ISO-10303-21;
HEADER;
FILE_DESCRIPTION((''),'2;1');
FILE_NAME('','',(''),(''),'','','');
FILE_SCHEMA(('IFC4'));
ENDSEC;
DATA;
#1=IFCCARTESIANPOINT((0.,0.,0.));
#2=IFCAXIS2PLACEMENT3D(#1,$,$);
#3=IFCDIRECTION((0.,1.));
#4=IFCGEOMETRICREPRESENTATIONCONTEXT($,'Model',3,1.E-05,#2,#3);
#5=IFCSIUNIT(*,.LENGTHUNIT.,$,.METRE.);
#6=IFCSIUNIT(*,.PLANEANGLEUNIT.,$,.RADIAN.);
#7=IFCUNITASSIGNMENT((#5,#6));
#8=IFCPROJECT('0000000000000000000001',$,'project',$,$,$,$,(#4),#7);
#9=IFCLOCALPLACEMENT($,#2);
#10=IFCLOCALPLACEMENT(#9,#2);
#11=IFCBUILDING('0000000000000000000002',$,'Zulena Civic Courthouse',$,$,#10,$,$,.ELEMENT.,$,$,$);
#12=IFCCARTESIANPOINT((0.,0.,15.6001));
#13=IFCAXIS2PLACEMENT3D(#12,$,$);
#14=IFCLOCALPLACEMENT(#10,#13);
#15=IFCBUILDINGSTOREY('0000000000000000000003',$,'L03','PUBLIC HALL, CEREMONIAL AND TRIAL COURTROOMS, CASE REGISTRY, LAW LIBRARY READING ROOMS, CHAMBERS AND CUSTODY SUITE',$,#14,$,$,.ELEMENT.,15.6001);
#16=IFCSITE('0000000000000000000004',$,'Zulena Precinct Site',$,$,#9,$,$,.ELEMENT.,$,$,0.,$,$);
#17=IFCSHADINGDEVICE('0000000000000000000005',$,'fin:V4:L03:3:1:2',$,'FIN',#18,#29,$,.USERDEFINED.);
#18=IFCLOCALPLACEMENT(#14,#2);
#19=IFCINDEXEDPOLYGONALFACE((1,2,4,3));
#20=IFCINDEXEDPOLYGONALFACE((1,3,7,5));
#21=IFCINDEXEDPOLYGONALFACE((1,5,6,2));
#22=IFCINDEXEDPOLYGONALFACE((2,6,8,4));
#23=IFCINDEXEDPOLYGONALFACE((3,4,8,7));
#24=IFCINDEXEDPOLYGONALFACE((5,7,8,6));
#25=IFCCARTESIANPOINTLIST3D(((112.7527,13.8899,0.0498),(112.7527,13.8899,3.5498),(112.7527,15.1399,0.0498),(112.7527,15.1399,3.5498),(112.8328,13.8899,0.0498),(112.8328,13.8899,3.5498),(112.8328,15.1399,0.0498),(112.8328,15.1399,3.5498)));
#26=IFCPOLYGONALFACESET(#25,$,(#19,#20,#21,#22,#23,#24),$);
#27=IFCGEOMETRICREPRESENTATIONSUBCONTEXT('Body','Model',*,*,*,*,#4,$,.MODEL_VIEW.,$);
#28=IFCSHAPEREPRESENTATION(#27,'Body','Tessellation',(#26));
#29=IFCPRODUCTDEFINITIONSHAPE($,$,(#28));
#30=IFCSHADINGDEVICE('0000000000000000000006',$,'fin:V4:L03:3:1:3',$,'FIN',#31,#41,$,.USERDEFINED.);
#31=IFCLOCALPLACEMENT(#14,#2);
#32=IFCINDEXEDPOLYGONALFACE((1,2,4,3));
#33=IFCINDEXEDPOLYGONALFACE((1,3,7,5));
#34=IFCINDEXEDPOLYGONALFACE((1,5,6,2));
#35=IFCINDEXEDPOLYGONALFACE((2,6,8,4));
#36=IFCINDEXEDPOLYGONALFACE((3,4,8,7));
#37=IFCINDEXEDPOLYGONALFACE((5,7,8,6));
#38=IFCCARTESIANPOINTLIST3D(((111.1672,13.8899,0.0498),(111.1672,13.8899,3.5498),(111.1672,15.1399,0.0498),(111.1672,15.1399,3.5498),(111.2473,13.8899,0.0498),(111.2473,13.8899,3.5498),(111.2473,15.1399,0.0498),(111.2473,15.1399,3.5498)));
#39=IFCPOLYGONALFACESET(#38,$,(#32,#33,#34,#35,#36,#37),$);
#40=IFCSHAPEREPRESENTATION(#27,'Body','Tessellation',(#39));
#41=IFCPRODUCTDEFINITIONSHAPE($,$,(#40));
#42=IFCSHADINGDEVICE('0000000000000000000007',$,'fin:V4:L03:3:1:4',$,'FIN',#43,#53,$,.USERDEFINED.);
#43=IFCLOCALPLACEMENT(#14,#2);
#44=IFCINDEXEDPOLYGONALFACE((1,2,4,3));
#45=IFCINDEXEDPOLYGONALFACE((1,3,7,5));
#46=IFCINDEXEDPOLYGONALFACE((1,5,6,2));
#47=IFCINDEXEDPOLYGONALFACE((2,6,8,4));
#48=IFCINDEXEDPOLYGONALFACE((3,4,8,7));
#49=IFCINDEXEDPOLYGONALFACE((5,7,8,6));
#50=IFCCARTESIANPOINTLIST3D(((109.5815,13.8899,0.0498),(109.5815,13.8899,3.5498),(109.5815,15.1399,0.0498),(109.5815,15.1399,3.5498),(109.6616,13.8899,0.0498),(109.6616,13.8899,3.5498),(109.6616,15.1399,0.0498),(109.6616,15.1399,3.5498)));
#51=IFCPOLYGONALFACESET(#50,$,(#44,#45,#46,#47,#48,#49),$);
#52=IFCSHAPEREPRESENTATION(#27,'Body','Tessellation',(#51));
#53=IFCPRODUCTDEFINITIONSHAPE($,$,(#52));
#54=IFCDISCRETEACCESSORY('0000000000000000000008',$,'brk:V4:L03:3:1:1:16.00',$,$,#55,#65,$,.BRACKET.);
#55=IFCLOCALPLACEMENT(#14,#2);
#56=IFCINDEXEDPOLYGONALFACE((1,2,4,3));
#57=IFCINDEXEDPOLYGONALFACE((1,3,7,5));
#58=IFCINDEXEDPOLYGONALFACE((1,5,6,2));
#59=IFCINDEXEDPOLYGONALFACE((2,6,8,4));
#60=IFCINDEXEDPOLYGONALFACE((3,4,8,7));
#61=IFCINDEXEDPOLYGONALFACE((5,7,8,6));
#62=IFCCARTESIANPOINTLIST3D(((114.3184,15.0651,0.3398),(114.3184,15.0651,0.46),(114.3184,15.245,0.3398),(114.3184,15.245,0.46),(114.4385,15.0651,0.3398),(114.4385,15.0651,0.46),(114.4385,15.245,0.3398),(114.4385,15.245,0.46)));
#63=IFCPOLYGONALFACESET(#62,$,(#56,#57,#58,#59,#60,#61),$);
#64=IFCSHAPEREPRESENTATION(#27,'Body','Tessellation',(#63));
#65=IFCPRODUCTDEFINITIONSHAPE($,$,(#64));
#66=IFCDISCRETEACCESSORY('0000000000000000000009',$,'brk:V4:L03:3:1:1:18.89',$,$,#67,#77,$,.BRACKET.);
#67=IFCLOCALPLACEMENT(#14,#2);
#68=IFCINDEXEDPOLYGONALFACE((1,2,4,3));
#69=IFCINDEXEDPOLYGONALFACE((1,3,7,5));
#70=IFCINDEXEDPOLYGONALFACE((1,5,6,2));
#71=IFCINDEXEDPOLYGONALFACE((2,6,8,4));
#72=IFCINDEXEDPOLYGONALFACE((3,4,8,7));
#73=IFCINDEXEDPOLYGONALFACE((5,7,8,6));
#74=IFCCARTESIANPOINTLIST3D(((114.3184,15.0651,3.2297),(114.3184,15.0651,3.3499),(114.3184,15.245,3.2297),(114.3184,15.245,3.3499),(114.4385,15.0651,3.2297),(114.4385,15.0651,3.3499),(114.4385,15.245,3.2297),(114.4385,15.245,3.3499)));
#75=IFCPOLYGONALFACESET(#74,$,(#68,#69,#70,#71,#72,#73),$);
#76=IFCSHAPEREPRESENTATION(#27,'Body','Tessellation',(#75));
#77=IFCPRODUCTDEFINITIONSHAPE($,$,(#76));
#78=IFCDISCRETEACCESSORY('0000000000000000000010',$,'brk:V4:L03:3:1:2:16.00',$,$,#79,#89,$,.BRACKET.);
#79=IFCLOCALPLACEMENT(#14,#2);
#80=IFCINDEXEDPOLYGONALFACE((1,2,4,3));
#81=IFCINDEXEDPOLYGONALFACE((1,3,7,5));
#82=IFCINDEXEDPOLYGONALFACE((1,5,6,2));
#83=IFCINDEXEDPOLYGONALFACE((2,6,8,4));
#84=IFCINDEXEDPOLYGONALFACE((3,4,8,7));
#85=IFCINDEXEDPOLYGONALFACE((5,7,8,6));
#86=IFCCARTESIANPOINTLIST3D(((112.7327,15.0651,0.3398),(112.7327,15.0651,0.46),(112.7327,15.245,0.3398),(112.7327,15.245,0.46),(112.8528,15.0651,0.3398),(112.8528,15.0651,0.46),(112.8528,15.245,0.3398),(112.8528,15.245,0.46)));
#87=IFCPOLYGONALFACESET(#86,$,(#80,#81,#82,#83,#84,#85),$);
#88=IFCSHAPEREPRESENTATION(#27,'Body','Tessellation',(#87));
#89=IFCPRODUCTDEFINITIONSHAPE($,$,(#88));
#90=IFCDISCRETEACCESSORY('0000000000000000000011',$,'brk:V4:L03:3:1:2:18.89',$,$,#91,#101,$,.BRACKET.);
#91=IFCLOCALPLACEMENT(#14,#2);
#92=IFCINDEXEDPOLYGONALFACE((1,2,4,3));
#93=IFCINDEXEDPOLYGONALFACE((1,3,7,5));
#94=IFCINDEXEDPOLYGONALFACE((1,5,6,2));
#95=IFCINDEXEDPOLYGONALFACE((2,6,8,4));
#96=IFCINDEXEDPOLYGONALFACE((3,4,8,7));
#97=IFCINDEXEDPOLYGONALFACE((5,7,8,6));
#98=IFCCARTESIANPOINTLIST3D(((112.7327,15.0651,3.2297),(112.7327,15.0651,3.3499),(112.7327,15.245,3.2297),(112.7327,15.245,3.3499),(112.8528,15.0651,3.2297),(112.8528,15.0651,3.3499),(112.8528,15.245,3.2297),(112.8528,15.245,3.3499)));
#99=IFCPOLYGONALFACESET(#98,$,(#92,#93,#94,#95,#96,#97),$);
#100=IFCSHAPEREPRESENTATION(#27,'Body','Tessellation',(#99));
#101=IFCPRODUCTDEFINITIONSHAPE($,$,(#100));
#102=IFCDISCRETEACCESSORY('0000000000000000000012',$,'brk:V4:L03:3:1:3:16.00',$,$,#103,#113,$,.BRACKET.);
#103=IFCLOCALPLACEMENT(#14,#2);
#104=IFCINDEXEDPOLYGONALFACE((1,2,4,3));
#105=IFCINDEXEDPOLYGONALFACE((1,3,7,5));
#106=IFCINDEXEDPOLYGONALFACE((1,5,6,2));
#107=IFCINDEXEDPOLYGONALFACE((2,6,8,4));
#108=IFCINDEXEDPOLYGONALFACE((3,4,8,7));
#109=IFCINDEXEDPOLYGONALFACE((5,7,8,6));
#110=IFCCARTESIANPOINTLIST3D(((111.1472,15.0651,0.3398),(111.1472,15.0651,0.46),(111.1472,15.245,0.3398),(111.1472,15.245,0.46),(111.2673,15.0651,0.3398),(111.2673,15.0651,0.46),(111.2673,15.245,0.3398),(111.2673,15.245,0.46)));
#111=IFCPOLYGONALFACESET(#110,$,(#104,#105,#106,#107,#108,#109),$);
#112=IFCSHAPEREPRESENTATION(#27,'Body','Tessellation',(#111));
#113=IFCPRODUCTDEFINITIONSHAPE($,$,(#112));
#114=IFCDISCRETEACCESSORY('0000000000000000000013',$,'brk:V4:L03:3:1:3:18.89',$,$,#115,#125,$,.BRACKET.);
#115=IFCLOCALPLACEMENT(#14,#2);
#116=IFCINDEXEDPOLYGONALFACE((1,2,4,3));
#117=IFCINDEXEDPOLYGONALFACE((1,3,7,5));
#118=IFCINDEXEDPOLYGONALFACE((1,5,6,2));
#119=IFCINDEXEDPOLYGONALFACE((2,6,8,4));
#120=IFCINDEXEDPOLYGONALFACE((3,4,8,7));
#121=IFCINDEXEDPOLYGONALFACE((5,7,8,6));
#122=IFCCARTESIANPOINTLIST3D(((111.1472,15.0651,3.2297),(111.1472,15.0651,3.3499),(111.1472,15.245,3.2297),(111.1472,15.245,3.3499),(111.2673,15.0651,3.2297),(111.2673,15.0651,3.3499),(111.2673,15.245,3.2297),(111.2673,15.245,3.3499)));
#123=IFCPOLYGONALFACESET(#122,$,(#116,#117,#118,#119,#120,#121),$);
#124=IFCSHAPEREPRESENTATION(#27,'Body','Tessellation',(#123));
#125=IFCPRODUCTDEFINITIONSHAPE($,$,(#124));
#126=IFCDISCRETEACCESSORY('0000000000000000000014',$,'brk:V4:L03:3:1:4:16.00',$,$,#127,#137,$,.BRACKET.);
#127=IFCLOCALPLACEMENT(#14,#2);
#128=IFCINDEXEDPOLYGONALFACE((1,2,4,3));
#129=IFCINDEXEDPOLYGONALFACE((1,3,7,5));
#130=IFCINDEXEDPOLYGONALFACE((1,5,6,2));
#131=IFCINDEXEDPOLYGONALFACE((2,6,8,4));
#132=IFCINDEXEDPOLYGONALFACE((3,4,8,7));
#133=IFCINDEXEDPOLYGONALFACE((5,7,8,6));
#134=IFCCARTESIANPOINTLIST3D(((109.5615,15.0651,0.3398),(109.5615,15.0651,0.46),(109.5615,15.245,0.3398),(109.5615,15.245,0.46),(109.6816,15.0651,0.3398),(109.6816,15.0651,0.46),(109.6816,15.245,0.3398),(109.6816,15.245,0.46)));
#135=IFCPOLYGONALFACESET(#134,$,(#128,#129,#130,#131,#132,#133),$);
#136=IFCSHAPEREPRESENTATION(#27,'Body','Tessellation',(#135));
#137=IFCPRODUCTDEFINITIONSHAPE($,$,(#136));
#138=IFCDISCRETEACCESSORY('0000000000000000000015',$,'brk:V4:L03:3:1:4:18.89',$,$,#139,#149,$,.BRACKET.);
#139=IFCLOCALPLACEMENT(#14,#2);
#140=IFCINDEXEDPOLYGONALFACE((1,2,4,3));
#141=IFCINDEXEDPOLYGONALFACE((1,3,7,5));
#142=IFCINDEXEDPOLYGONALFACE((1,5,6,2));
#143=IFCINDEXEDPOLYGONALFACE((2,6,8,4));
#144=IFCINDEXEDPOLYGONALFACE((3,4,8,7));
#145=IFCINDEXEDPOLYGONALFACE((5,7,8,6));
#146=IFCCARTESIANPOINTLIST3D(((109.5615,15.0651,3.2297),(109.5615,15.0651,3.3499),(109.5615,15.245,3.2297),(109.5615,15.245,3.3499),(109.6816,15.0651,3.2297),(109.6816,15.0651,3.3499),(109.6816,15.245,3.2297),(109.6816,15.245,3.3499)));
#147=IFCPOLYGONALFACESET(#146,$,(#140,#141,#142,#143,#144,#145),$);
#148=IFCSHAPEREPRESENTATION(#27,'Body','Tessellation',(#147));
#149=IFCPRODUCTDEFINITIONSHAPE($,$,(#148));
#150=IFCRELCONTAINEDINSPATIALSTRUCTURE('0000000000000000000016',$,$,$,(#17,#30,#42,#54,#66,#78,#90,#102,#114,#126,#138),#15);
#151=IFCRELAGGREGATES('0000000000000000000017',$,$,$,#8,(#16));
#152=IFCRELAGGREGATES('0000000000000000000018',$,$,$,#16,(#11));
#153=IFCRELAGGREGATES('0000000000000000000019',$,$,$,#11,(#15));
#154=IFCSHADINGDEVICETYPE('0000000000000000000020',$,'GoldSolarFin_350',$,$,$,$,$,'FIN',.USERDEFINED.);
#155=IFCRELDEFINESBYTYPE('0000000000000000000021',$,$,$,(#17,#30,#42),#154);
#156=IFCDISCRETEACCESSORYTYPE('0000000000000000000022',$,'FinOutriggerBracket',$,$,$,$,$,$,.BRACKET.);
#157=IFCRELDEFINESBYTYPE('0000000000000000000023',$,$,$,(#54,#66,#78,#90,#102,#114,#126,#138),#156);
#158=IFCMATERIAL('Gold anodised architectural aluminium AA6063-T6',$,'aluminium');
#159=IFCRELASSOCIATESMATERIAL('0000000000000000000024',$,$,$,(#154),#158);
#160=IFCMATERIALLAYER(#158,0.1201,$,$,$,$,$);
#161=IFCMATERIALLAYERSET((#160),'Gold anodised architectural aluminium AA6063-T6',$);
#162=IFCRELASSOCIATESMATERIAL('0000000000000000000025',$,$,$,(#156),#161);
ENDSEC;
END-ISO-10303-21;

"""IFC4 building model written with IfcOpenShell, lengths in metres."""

from ifc_helpers import new_model, si_unit, direction, frame, origin, origin_2d, place, context, subcontext, project, spatial, rectangle, extrude, material, layer, layer_set, type_object, element, save


model = new_model("IFC4")

# Units and contexts
model_context = context("Model", 3, precision=1e-05, world=origin(), true_north=direction((0.0, 1.0)))
body_context = subcontext(model_context, "Body", "Model", "MODEL_VIEW")
ifc_project = project(units=[si_unit("LENGTHUNIT", "METRE"), si_unit("PLANEANGLEUNIT", "RADIAN")], contexts=[model_context])

# Site, building, storey
site_placement = place(None, origin())
site = spatial("IfcSite", under=ifc_project, at=site_placement, Name="Zulena Precinct Site", CompositionType="ELEMENT", RefElevation=0.0)
building_placement = place(site_placement, origin())
building = spatial("IfcBuilding", under=site, at=building_placement, Name="Zulena Civic Courthouse", CompositionType="ELEMENT")
storey_placement = place(building_placement, frame((0.0, 0.0, 15.6001)))
storey = spatial("IfcBuildingStorey", under=building, at=storey_placement, Name="L03", Description="PUBLIC HALL, CEREMONIAL AND TRIAL COURTROOMS, CASE REGISTRY, LAW LIBRARY READING ROOMS, CHAMBERS AND CUSTODY SUITE", CompositionType="ELEMENT", Elevation=15.6001)

# Shading devices
ifc_material_1 = material(Name="Gold anodised architectural aluminium AA6063-T6", Category="aluminium")
shading_device_type = type_object("IfcShadingDeviceType", Name="GoldSolarFin_350", ElementType="FIN", PredefinedType="USERDEFINED", material=ifc_material_1)
for number, where, z_axis, x_axis, name in (
    (1, (112.7927, 14.5149, 0.0498), (0.0, 0.0, 1.0), (0.0, -1.0, 0.0), "fin:V4:L03:3:1:2"),
    (2, (111.2073, 14.5149, 0.0498), (0.0, 0.0, 1.0), (0.0, -1.0, 0.0), "fin:V4:L03:3:1:3"),
    (3, (109.6216, 14.5149, 0.0498), (0.0, 0.0, 1.0), (0.0, -1.0, 0.0), "fin:V4:L03:3:1:4"),
):
    element("IfcShadingDevice", number, at=place(storey_placement, frame(where, z_axis=z_axis, x_axis=x_axis)), inside=storey, type_object=shading_device_type, Name=name, ObjectType="FIN", PredefinedType="USERDEFINED", context=body_context, shape_type="SweptSolid", body=[
        extrude(rectangle(XDim=1.25, YDim=0.0801, at=origin_2d()), origin(), (0.0, 0.0, 1.0), 3.5),
    ])

# Discrete accessories
ifc_layer_1 = layer(ifc_material_1, 0.1201)
ifc_layer_set_1 = layer_set([ifc_layer_1], Name="Gold anodised architectural aluminium AA6063-T6")
discrete_accessory_type = type_object("IfcDiscreteAccessoryType", Name="FinOutriggerBracket", PredefinedType="BRACKET", material=ifc_layer_set_1)
for number, where, z_axis, x_axis, name in (
    (4, (114.3784, 15.155, 0.3398), (0.0, 0.0, 1.0), (0.0, -1.0, 0.0), "brk:V4:L03:3:1:1:16.00"),
    (5, (114.3784, 15.155, 3.2297), (0.0, 0.0, 1.0), (0.0, -1.0, 0.0), "brk:V4:L03:3:1:1:18.89"),
    (6, (112.7927, 15.155, 0.3398), (0.0, 0.0, 1.0), (0.0, -1.0, 0.0), "brk:V4:L03:3:1:2:16.00"),
    (7, (112.7927, 15.155, 3.2297), (0.0, 0.0, 1.0), (0.0, -1.0, 0.0), "brk:V4:L03:3:1:2:18.89"),
    (8, (111.2073, 15.155, 0.3398), (0.0, 0.0, 1.0), (0.0, -1.0, 0.0), "brk:V4:L03:3:1:3:16.00"),
    (9, (111.2073, 15.155, 3.2297), (0.0, 0.0, 1.0), (0.0, -1.0, 0.0), "brk:V4:L03:3:1:3:18.89"),
    (10, (109.6216, 15.155, 0.3398), (0.0, 0.0, 1.0), (0.0, -1.0, 0.0), "brk:V4:L03:3:1:4:16.00"),
    (11, (109.6216, 15.155, 3.2297), (0.0, 0.0, 1.0), (0.0, -1.0, 0.0), "brk:V4:L03:3:1:4:18.89"),
):
    element("IfcDiscreteAccessory", number, at=place(storey_placement, frame(where, z_axis=z_axis, x_axis=x_axis)), inside=storey, type_object=discrete_accessory_type, Name=name, PredefinedType="BRACKET", context=body_context, shape_type="SweptSolid", body=[
        extrude(rectangle(XDim=0.1799, YDim=0.1201, at=origin_2d()), origin(), (0.0, 0.0, 1.0), 0.1201),
    ])

save(model, "model.ifc")
